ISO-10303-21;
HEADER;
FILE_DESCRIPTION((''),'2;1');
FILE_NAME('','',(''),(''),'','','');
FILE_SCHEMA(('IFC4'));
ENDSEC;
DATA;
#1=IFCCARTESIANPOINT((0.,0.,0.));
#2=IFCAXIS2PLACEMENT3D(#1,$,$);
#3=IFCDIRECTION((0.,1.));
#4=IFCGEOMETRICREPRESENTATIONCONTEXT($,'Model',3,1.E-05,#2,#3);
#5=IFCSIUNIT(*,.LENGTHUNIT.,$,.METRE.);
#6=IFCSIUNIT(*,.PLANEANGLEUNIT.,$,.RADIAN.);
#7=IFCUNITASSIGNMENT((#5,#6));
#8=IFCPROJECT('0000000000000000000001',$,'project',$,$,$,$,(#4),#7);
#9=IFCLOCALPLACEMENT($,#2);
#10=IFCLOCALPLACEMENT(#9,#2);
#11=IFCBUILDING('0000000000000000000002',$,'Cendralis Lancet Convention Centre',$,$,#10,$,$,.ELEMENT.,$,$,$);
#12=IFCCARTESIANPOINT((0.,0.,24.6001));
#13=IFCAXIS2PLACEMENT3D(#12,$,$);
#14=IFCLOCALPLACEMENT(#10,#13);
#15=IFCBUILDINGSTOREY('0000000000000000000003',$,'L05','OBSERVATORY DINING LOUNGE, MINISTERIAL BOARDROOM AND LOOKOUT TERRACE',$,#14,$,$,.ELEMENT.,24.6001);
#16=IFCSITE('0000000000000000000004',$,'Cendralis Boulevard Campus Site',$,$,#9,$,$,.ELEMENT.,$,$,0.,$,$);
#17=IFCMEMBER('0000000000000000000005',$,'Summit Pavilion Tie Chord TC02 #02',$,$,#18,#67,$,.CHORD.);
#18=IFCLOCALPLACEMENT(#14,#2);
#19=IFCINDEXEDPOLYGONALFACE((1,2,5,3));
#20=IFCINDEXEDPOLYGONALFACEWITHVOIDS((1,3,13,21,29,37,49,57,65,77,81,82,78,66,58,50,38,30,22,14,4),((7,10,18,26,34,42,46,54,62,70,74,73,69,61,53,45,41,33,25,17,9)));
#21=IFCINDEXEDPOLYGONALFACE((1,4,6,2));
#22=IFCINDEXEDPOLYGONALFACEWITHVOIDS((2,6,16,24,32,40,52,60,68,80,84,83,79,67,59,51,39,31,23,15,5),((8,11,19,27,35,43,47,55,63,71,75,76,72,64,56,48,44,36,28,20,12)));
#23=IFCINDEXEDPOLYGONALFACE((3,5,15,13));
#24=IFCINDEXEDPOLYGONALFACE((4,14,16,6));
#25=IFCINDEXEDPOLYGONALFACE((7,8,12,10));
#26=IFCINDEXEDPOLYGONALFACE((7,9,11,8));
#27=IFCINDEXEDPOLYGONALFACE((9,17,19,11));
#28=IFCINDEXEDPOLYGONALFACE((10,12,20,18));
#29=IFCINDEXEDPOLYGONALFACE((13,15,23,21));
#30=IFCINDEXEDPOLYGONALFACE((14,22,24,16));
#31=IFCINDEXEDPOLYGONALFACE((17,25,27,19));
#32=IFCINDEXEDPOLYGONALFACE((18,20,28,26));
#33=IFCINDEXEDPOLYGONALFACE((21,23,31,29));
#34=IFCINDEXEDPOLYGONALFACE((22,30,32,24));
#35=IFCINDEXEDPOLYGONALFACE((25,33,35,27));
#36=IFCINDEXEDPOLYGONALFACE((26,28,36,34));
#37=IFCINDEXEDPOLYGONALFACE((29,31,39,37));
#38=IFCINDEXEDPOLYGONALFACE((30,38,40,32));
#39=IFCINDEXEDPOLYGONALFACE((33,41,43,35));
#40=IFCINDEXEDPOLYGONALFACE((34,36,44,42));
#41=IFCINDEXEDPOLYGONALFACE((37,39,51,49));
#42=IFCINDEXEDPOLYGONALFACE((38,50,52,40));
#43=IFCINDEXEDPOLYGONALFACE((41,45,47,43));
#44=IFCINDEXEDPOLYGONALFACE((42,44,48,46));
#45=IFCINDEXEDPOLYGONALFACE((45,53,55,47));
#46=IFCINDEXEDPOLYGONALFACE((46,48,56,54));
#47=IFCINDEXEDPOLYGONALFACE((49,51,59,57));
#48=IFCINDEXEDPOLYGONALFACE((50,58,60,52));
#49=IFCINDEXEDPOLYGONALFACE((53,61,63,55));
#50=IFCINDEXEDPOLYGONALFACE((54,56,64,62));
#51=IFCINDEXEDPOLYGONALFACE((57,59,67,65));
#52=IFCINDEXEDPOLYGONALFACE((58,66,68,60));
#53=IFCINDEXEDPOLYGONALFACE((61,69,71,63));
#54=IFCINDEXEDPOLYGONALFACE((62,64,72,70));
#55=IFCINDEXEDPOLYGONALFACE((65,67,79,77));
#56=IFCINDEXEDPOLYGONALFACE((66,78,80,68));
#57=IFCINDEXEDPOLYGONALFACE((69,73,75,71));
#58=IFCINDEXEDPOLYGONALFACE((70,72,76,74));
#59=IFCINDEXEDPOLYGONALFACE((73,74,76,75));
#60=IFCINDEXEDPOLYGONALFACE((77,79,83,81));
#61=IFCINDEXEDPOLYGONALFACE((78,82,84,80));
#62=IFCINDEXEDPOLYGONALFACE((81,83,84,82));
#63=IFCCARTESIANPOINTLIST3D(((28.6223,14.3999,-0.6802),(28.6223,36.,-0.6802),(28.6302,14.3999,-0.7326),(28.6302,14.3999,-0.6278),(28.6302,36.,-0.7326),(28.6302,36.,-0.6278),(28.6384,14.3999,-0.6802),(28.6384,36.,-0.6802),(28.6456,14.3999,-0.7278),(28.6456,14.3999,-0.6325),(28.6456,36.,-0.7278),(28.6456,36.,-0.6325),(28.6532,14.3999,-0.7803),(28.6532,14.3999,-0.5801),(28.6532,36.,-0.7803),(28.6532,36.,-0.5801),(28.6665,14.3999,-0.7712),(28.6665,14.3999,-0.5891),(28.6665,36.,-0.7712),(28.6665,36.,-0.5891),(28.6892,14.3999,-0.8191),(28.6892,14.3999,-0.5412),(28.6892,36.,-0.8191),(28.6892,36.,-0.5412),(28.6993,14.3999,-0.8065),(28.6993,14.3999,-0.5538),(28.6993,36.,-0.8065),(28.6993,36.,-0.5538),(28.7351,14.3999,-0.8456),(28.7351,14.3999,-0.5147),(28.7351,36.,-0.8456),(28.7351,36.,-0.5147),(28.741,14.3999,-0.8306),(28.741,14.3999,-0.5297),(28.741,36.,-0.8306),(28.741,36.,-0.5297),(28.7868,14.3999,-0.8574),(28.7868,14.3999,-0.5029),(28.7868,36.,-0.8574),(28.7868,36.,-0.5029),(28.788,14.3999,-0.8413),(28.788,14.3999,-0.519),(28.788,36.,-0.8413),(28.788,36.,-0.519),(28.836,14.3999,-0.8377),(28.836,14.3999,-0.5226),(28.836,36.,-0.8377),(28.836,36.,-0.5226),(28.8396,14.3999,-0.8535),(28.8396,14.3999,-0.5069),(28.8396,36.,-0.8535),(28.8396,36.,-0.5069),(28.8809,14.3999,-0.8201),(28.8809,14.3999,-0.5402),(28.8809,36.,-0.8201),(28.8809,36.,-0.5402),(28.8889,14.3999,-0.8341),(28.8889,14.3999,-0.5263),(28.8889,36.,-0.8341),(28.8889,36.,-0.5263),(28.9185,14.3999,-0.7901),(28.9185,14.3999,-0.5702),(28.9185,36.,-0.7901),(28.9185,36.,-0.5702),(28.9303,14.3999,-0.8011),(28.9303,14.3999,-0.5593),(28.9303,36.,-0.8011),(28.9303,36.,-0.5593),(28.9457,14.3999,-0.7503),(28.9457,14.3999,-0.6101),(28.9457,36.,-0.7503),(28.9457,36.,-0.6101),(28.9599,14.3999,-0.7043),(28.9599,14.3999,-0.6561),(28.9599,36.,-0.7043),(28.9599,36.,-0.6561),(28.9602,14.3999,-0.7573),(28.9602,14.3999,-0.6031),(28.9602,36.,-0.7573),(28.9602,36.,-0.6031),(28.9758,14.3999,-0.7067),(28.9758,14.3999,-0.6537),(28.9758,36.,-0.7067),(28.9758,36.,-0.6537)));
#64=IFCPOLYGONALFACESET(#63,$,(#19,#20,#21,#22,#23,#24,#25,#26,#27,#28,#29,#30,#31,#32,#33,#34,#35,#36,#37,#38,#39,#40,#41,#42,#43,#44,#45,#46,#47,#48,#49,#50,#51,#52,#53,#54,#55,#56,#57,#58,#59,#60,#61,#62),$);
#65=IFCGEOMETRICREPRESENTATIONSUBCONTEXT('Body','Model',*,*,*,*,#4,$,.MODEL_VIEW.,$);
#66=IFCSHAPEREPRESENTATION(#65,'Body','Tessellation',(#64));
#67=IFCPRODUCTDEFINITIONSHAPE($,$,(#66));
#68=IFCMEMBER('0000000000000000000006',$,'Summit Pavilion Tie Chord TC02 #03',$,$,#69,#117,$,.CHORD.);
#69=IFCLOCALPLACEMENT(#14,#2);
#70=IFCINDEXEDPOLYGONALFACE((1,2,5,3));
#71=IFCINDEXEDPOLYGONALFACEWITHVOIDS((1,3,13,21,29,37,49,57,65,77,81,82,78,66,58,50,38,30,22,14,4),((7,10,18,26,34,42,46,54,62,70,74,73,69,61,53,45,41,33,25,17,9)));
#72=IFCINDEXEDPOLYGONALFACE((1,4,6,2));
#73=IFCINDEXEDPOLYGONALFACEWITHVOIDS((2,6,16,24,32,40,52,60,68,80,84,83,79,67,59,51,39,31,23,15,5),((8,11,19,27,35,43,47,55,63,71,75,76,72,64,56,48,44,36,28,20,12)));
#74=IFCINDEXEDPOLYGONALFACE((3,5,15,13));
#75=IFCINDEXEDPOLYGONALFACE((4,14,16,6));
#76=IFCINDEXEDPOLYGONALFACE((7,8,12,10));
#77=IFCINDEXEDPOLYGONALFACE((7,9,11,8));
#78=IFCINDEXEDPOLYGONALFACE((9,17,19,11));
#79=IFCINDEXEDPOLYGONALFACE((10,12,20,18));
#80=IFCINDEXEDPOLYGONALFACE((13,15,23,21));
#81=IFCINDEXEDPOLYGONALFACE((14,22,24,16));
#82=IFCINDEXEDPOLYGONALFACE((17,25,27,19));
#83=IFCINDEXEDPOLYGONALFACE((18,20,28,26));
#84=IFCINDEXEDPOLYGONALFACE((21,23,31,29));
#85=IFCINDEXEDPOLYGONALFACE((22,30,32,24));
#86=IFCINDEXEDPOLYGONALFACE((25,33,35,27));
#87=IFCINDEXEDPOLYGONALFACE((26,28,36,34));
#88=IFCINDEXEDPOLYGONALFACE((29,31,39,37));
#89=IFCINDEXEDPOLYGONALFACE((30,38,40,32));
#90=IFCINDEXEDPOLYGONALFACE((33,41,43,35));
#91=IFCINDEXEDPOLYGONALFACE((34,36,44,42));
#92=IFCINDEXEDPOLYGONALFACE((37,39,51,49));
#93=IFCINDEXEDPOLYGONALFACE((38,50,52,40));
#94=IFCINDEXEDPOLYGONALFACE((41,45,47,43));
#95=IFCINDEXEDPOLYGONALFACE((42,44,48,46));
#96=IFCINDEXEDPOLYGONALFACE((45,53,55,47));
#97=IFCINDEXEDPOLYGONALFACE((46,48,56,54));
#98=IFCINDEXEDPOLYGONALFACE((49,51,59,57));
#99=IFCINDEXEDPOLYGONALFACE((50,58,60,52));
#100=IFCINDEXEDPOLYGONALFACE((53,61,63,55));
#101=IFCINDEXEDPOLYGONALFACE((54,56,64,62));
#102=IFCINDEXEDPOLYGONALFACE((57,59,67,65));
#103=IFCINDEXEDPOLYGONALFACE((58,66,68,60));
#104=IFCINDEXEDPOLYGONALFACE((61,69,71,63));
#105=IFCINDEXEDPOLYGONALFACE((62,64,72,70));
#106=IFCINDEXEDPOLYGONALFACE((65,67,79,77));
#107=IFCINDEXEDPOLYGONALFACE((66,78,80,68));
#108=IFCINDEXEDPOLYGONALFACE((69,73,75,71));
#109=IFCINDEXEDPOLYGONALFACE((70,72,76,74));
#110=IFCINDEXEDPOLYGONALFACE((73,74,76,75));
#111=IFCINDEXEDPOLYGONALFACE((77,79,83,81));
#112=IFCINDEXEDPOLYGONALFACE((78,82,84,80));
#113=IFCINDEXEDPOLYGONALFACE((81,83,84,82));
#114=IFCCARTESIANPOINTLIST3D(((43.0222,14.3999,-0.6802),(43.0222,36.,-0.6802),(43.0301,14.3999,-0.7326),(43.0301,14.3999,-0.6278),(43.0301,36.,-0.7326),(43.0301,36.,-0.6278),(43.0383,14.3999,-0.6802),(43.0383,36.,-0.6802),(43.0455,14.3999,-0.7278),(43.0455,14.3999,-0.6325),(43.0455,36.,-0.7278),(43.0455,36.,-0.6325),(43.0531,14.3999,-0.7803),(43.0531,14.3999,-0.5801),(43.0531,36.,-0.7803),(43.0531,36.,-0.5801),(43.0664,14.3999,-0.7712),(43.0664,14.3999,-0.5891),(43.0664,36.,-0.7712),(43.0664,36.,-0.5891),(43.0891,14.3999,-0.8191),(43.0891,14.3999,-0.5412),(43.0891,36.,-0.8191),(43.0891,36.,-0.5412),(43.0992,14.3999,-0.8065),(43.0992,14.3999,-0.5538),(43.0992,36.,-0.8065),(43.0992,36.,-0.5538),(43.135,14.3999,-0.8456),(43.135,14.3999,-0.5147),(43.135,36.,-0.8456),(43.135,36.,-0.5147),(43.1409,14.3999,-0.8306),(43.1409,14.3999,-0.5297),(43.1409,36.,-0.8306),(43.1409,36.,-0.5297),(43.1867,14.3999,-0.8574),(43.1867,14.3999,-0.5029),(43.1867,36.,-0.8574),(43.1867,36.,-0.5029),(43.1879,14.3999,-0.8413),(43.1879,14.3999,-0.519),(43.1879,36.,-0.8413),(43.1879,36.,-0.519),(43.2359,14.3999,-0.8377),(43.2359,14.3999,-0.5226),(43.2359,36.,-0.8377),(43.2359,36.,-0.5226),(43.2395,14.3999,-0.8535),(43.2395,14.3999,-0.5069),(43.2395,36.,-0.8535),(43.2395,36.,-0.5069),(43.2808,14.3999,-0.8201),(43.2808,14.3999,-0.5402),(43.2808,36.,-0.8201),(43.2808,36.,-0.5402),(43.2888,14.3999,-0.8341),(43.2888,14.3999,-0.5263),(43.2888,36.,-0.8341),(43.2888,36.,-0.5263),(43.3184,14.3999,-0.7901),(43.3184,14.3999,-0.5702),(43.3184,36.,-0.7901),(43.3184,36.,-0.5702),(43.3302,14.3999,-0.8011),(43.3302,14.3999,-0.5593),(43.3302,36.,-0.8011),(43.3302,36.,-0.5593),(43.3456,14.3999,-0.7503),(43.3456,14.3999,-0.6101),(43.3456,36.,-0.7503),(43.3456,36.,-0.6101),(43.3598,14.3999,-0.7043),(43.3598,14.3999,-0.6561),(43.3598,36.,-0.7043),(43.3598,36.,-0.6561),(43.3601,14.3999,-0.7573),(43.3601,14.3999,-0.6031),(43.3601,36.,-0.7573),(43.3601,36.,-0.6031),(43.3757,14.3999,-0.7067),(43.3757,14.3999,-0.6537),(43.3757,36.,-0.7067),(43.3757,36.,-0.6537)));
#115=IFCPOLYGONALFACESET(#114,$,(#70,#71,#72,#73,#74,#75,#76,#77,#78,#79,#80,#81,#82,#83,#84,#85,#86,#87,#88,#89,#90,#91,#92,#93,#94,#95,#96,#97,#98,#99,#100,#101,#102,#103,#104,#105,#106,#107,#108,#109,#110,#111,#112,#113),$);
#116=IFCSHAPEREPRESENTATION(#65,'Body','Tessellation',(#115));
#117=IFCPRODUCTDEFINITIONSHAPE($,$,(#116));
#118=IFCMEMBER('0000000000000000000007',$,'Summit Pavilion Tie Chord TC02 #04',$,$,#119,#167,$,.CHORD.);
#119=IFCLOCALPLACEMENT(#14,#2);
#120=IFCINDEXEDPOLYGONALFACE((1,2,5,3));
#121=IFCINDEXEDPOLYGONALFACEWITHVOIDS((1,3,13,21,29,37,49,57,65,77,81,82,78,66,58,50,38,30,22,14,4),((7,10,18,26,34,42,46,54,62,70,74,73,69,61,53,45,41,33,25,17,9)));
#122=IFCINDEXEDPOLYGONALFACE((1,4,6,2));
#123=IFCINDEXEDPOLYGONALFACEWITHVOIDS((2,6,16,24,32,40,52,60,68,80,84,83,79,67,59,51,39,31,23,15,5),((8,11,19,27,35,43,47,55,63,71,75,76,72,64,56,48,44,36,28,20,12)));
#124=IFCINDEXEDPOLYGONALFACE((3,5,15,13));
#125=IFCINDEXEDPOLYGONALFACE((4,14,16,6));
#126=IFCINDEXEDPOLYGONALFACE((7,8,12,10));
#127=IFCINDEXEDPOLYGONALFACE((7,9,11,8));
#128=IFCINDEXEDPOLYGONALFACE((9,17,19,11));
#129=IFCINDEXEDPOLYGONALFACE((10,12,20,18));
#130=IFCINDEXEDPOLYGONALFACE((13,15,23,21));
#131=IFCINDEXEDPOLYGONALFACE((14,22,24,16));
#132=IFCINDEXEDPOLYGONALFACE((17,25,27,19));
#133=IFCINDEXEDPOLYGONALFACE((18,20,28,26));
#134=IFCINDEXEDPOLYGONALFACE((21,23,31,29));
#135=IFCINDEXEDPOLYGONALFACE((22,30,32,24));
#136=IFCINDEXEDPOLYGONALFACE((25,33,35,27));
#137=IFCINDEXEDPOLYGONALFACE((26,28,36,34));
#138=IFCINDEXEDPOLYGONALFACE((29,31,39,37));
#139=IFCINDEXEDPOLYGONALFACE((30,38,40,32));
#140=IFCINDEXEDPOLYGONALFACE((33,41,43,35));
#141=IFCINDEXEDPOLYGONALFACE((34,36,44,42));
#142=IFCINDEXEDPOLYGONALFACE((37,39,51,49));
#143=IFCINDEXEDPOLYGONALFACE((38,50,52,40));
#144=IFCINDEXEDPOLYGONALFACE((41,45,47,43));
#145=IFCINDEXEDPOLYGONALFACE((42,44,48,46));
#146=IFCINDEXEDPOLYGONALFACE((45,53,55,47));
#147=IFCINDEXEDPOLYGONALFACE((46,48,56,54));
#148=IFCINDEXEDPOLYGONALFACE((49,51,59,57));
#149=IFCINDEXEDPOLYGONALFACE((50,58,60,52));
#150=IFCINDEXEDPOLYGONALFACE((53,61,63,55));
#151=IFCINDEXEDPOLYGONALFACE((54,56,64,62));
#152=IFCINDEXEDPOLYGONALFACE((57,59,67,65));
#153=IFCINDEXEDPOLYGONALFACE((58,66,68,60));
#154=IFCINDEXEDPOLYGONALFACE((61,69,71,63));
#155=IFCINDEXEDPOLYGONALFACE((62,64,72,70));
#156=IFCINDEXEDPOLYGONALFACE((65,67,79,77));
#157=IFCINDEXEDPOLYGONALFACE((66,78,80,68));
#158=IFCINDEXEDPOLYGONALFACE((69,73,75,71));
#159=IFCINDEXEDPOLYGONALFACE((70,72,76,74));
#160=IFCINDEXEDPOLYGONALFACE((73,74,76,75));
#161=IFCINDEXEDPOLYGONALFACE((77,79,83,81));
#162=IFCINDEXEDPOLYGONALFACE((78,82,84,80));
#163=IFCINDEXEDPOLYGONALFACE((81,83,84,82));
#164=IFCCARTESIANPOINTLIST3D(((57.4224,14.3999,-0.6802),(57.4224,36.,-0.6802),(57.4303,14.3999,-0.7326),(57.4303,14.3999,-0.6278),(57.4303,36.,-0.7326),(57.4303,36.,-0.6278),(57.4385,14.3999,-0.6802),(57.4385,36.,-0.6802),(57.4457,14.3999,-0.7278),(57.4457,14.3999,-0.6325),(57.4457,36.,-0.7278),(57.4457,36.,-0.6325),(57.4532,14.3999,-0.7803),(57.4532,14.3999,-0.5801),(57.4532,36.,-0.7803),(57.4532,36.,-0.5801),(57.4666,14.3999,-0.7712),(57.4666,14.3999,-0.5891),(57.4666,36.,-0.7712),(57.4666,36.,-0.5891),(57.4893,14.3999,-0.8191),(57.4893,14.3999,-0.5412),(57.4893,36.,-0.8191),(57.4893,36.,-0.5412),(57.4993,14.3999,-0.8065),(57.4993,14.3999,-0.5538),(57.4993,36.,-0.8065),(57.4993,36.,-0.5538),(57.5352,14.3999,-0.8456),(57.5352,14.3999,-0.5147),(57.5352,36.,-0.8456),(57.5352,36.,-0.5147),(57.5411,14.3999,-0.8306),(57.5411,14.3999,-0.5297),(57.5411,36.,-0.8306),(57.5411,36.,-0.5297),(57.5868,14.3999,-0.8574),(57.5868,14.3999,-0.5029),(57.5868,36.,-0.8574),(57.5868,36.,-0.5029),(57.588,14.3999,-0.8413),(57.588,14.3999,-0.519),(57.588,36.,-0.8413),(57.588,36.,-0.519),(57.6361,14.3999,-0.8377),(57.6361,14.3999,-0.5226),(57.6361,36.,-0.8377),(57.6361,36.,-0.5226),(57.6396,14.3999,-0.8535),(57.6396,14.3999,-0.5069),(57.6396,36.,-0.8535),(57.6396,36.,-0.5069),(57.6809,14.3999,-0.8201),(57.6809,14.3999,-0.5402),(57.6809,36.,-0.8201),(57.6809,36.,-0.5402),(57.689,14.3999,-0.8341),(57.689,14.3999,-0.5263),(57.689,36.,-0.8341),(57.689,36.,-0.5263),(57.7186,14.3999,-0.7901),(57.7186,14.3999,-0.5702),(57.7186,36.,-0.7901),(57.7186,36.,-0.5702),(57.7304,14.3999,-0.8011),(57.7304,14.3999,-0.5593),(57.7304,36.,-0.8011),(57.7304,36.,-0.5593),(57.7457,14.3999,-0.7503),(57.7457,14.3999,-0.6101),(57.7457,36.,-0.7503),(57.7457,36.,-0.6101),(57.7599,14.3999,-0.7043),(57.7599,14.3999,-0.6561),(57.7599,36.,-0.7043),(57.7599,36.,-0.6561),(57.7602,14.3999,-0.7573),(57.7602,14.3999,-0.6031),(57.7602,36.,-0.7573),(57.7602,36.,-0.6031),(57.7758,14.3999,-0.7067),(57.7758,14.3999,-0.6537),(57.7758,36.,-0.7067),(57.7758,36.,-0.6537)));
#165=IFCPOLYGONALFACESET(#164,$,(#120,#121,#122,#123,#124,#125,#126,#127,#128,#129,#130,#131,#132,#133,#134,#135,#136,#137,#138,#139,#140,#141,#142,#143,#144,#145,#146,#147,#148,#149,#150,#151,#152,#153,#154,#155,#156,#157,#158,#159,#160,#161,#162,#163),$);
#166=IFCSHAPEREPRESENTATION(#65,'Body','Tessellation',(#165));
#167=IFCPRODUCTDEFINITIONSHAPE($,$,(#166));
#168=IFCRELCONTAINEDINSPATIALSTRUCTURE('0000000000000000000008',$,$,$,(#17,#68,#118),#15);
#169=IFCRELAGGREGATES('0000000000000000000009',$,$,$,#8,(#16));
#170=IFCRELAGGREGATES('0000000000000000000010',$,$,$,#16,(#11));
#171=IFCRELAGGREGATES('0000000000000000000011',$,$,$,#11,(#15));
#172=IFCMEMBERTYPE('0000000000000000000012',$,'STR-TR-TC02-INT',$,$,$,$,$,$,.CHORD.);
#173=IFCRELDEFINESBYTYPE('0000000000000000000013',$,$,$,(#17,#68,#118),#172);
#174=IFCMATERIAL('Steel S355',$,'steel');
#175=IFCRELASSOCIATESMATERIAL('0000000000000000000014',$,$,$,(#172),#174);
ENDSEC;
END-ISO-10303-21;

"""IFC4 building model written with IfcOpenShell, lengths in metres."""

from ifc_helpers import new_model, si_unit, direction, frame, origin, origin_2d, place, context, subcontext, project, spatial, hollow_circle, extrude, material, material_profile, profile_set, type_object, element, save


model = new_model("IFC4")

# Units and contexts
model_context = context("Model", 3, precision=1e-05, world=origin(), true_north=direction((0.0, 1.0)))
body_context = subcontext(model_context, "Body", "Model", "MODEL_VIEW")
ifc_project = project(units=[si_unit("LENGTHUNIT", "METRE"), si_unit("PLANEANGLEUNIT", "RADIAN")], contexts=[model_context])

# Site, building, storey
site_placement = place(None, origin())
site = spatial("IfcSite", under=ifc_project, at=site_placement, Name="Cendralis Boulevard Campus Site", CompositionType="ELEMENT", RefElevation=0.0)
building_placement = place(site_placement, origin())
building = spatial("IfcBuilding", under=site, at=building_placement, Name="Cendralis Lancet Convention Centre", CompositionType="ELEMENT")
storey_placement = place(building_placement, frame((0.0, 0.0, 24.6001)))
storey = spatial("IfcBuildingStorey", under=building, at=storey_placement, Name="L05", Description="OBSERVATORY DINING LOUNGE, MINISTERIAL BOARDROOM AND LOOKOUT TERRACE", CompositionType="ELEMENT", Elevation=24.6001)

# Shared definitions
ifc_material_1 = material(Name="Steel S355", Category="steel")

# Members
ifc_material_profile_1 = material_profile(ifc_material_1, hollow_circle(Radius=0.1777, WallThickness=0.0161, at=origin_2d()), Name="CHS 355.6x16.0")
ifc_profile_set_1 = profile_set([ifc_material_profile_1], Name="Steel S355")
member_type_1 = type_object("IfcMemberType", Name="STR-TR-TC02-INT", PredefinedType="CHORD", material=ifc_profile_set_1)
for number, where, z_axis, x_axis, name in (
    (1, (28.8, 14.3999, -0.6802), (0.0, 1.0, 0.0), (-1.0, 0.0, 0.0), "Summit Pavilion Tie Chord TC02 #02"),
    (2, (43.2, 14.3999, -0.6802), (0.0, 1.0, 0.0), (-1.0, 0.0, 0.0), "Summit Pavilion Tie Chord TC02 #03"),
    (3, (57.6001, 14.3999, -0.6802), (0.0, 1.0, 0.0), (-1.0, 0.0, 0.0), "Summit Pavilion Tie Chord TC02 #04"),
):
    element("IfcMember", number, at=place(storey_placement, frame(where, z_axis=z_axis, x_axis=x_axis)), inside=storey, type_object=member_type_1, Name=name, PredefinedType="CHORD", context=body_context, shape_type="SweptSolid", body=[
        extrude(hollow_circle(Radius=0.1777, WallThickness=0.0161, at=origin_2d()), origin(), (0.0, 0.0, 1.0), 21.6001),
    ])

save(model, "model.ifc")
